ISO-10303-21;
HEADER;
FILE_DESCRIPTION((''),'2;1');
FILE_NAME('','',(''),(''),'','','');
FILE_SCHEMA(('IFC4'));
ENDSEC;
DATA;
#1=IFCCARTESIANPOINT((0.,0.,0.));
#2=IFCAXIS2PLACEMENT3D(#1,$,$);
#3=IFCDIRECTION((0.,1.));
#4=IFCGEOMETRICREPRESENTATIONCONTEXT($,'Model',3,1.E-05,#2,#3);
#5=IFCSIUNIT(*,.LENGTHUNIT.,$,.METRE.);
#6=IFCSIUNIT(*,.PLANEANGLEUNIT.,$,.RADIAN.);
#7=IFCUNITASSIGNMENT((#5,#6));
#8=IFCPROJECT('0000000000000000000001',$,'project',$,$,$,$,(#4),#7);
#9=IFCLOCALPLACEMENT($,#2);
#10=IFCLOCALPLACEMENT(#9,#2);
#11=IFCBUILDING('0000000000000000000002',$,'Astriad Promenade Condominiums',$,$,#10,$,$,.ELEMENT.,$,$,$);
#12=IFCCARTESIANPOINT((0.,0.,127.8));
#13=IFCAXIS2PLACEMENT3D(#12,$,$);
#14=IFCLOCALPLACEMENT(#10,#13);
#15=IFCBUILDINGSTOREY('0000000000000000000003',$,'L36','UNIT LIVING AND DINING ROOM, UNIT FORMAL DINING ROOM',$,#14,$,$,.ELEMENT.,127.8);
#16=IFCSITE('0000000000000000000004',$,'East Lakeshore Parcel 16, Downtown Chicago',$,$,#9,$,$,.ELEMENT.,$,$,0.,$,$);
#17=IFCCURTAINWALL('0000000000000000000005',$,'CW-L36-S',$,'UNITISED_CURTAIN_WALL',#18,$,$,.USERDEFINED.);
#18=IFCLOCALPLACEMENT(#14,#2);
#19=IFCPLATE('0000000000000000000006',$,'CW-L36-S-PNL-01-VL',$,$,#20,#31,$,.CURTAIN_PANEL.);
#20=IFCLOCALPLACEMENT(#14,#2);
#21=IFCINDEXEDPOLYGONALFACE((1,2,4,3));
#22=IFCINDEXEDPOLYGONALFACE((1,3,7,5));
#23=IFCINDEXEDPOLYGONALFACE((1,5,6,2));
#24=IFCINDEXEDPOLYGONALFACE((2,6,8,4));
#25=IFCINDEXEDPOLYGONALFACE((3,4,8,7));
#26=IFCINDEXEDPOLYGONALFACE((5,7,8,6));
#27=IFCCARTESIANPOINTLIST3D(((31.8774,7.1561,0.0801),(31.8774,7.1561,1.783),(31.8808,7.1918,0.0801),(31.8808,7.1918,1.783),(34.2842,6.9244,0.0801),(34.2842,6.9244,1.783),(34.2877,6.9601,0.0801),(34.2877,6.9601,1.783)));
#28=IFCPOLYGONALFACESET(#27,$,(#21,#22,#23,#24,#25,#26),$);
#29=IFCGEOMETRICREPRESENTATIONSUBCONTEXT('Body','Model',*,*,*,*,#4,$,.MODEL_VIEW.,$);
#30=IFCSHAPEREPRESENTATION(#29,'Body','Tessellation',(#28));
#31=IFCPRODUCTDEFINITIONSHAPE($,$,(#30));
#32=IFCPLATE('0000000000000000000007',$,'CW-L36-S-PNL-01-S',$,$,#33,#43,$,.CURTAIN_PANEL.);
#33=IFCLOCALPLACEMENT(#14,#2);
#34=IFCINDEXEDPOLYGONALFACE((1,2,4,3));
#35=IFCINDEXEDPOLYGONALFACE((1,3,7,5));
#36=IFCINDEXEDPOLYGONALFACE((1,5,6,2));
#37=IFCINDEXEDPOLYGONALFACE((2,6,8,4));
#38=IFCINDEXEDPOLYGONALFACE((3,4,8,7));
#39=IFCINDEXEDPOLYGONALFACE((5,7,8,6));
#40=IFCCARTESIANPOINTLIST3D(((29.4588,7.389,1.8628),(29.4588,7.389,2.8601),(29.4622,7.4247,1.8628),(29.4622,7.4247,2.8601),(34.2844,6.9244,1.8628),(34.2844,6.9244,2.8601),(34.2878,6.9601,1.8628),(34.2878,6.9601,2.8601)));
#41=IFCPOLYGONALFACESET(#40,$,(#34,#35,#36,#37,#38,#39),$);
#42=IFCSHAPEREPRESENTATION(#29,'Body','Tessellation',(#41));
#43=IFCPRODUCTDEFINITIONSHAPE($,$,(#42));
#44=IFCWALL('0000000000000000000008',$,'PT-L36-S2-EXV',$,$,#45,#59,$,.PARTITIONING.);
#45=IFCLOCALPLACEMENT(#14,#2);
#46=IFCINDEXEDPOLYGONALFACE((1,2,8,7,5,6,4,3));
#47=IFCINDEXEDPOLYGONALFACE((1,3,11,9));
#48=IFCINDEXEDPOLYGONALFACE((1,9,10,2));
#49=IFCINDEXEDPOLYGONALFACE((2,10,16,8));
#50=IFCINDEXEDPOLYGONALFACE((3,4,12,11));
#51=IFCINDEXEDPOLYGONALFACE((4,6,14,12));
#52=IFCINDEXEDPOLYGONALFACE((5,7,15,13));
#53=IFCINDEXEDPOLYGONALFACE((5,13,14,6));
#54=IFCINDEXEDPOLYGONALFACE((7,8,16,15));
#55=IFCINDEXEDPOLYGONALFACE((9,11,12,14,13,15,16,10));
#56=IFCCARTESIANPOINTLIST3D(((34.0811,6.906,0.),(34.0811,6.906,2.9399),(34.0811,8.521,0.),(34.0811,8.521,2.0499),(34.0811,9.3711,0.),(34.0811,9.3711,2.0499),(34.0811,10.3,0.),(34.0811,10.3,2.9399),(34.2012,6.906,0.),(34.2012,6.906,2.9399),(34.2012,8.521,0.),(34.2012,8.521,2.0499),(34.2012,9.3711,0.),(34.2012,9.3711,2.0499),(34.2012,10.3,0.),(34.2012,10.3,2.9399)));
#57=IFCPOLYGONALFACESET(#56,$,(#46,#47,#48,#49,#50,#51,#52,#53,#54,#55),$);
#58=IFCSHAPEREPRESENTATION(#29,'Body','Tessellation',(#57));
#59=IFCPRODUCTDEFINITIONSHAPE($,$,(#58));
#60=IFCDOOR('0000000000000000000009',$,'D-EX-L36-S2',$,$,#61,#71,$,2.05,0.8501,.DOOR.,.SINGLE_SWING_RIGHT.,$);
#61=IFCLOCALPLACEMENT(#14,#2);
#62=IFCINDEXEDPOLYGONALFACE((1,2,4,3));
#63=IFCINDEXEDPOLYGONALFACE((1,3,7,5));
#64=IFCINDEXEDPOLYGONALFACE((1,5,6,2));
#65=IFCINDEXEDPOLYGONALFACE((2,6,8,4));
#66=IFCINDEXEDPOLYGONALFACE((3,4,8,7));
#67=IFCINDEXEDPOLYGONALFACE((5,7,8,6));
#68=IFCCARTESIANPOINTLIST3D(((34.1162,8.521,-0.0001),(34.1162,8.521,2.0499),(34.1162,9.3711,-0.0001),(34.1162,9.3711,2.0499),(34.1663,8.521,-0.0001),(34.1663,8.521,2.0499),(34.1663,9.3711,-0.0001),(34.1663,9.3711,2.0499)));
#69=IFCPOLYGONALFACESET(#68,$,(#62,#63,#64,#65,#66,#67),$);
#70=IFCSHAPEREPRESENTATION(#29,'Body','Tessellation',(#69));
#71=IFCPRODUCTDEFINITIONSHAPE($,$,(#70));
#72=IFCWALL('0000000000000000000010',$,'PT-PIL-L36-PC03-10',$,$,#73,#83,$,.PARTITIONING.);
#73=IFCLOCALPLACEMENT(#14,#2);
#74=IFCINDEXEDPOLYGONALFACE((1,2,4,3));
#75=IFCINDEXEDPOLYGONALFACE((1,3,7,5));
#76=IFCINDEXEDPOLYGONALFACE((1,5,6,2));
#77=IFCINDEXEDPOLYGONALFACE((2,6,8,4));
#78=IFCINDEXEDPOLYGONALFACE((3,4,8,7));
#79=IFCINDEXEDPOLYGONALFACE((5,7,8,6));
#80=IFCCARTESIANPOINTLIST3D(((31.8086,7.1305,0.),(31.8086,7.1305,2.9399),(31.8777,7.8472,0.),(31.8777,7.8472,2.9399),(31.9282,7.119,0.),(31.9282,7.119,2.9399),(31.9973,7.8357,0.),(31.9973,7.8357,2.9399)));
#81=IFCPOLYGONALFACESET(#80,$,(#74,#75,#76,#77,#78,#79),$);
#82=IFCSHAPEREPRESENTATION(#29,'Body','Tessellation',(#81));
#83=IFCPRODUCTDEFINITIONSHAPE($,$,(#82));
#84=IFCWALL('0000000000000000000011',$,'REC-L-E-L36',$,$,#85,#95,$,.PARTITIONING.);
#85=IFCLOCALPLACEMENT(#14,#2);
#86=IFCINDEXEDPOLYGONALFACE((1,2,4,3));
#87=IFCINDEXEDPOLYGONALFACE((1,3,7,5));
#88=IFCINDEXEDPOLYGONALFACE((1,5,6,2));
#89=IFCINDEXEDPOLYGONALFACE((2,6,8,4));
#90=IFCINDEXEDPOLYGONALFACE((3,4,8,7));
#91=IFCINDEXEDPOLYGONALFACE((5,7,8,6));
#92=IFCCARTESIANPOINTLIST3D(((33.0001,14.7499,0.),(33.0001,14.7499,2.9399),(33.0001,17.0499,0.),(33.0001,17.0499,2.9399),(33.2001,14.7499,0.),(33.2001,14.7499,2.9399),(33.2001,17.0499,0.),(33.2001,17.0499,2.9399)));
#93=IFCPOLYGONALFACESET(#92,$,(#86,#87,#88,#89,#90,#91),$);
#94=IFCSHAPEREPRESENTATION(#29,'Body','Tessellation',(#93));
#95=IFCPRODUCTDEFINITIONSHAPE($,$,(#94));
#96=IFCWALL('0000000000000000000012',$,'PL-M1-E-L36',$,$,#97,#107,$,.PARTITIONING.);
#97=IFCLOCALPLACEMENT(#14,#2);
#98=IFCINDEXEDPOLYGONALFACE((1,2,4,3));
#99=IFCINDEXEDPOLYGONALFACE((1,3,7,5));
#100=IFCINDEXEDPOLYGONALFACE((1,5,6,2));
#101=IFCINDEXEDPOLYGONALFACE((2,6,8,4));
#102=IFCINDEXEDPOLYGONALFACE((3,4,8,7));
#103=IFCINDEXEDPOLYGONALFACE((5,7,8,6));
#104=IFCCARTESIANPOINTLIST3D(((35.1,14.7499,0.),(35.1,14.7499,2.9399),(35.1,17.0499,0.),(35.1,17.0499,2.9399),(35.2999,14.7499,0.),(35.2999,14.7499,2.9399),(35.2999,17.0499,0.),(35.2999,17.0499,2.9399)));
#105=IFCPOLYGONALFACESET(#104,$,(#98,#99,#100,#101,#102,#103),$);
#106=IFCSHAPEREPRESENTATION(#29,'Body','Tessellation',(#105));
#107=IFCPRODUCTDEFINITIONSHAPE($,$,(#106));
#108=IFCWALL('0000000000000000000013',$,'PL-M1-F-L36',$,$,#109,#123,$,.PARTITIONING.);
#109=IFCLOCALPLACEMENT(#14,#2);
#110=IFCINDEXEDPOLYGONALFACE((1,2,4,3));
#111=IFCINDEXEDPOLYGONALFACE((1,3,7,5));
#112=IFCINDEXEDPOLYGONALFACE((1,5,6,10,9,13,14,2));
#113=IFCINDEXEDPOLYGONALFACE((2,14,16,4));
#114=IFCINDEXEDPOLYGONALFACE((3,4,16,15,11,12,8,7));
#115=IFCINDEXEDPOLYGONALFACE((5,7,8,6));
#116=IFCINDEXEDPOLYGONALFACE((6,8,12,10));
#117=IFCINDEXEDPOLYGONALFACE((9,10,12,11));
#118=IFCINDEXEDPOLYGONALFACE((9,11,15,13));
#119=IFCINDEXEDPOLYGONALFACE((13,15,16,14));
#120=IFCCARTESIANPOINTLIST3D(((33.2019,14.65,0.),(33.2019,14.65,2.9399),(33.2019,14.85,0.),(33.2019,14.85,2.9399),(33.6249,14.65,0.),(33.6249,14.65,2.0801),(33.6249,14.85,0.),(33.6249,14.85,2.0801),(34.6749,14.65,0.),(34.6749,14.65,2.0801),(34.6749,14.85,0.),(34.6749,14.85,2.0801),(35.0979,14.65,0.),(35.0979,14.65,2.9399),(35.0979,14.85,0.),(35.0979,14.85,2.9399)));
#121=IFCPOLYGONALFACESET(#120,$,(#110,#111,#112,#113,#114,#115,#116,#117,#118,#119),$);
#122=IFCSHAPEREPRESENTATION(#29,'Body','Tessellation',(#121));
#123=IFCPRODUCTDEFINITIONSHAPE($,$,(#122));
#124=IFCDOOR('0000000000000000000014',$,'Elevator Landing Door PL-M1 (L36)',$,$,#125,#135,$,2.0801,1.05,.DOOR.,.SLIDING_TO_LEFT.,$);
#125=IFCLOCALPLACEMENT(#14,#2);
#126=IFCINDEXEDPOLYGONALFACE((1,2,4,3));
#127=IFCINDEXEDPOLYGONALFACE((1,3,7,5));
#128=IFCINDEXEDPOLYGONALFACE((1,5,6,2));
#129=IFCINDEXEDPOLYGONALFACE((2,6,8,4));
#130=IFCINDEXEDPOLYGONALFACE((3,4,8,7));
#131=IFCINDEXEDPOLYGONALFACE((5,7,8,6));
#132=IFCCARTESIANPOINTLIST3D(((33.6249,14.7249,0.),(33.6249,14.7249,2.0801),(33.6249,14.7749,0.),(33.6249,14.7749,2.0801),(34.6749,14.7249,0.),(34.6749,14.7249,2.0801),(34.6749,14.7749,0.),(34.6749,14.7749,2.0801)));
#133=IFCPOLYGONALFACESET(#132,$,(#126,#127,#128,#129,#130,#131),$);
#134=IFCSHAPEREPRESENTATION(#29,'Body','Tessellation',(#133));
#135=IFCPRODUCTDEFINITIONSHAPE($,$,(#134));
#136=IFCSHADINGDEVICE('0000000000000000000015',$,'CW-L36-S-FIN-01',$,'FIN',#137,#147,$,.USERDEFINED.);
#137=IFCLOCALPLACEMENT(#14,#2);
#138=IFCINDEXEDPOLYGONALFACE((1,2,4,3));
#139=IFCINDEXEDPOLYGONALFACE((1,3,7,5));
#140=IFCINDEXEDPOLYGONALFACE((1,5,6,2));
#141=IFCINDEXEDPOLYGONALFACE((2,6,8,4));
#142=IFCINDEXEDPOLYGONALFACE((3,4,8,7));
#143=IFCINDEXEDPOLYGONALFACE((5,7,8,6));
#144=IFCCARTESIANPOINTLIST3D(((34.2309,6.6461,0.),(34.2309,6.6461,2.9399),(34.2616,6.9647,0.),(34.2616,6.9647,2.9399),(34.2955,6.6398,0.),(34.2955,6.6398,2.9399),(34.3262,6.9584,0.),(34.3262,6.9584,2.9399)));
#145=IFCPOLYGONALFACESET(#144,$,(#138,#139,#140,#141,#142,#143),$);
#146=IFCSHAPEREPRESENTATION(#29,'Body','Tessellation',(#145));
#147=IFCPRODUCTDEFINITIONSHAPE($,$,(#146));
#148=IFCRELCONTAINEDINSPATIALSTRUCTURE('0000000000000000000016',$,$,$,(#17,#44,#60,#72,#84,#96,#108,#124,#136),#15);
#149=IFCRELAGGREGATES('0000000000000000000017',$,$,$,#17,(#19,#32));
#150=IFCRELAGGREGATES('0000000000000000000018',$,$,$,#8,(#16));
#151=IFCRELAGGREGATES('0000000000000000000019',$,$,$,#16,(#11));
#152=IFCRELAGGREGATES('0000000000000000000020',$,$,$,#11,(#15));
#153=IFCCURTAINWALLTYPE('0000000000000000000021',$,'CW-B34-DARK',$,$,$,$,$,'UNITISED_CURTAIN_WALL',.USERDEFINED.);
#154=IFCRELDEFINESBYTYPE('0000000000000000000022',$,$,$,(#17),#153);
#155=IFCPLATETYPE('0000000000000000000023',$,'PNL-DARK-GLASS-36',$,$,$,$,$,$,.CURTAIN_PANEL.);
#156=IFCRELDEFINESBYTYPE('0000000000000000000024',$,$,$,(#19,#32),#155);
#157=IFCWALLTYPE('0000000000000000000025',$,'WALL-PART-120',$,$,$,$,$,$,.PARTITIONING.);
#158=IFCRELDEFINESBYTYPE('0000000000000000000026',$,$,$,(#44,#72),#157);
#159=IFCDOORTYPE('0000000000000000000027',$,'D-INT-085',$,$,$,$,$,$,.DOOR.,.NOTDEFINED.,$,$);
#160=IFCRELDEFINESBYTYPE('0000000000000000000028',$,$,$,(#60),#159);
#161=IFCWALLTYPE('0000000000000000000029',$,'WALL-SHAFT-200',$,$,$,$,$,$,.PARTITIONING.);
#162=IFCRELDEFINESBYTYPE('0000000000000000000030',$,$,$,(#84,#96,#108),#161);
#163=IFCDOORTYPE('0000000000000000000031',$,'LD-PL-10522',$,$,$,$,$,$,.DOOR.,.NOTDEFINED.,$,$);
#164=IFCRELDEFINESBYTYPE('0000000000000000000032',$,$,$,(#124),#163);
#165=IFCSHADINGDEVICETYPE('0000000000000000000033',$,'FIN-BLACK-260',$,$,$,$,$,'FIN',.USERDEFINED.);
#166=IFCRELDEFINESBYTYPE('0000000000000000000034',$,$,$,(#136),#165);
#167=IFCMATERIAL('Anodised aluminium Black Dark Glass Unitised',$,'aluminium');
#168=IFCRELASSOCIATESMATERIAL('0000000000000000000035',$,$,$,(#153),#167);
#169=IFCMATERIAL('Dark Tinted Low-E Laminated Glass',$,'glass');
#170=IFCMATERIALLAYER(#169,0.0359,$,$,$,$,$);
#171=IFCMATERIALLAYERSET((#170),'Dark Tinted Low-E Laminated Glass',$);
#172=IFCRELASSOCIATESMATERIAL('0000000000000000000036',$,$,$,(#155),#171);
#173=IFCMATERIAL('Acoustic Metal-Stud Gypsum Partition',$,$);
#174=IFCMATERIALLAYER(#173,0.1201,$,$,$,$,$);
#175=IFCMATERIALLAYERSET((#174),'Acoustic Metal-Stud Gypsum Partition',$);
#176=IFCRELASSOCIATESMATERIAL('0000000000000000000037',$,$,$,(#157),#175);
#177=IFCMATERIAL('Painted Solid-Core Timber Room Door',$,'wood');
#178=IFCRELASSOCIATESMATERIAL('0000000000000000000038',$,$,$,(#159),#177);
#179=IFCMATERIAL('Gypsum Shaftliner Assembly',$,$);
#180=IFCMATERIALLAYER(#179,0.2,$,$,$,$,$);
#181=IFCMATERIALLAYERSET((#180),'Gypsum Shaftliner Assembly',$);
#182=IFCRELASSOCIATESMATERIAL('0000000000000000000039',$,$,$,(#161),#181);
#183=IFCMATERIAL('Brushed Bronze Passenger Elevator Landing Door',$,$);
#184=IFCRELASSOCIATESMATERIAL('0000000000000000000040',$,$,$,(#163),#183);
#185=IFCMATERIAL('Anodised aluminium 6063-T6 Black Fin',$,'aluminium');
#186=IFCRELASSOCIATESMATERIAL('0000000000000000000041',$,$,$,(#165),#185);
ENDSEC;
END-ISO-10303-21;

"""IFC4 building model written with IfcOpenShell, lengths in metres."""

from ifc_helpers import new_model, si_unit, direction, frame, frame_2d, origin, origin_2d, place, context, subcontext, project, spatial, rectangle, extrude, source, transform, mapped, material, layer, layer_set, type_object, type_shapes, element, fill, aggregate, save


model = new_model("IFC4")

# Units and contexts
model_context = context("Model", 3, precision=1e-05, world=origin(), true_north=direction((0.0, 1.0)))
body_context = subcontext(model_context, "Body", "Model", "MODEL_VIEW")
ifc_project = project(units=[si_unit("LENGTHUNIT", "METRE"), si_unit("PLANEANGLEUNIT", "RADIAN")], contexts=[model_context])

# Site, building, storey
site_placement = place(None, origin())
site = spatial("IfcSite", under=ifc_project, at=site_placement, Name="East Lakeshore Parcel 16, Downtown Chicago", CompositionType="ELEMENT", RefElevation=0.0)
building_placement = place(site_placement, origin())
building = spatial("IfcBuilding", under=site, at=building_placement, Name="Astriad Promenade Condominiums", CompositionType="ELEMENT")
storey_placement = place(building_placement, frame((0.0, 0.0, 127.8)))
storey = spatial("IfcBuildingStorey", under=building, at=storey_placement, Name="L36", Description="UNIT LIVING AND DINING ROOM, UNIT FORMAL DINING ROOM", CompositionType="ELEMENT", Elevation=127.8)

# Curtain wall, plates
ifc_material_1 = material(Name="Anodised aluminium Black Dark Glass Unitised", Category="aluminium")
curtain_wall_type = type_object("IfcCurtainWallType", Name="CW-B34-DARK", ElementType="UNITISED_CURTAIN_WALL", PredefinedType="USERDEFINED", material=ifc_material_1)
curtain_wall_placement = place(storey_placement, origin())
curtain_wall = element("IfcCurtainWall", 1, at=curtain_wall_placement, inside=storey, type_object=curtain_wall_type, Name="CW-L36-S", ObjectType="UNITISED_CURTAIN_WALL", PredefinedType="USERDEFINED")
ifc_material_2 = material(Name="Dark Tinted Low-E Laminated Glass", Category="glass")
ifc_layer_1 = layer(ifc_material_2, 0.0359)
ifc_layer_set_1 = layer_set([ifc_layer_1], Name="Dark Tinted Low-E Laminated Glass")
plate_type = type_object("IfcPlateType", Name="PNL-DARK-GLASS-36", PredefinedType="CURTAIN_PANEL", material=ifc_layer_set_1)
shared_shape_1 = source(origin(), body_context, "Body", "SweptSolid", [
    extrude(rectangle(XDim=2.418, YDim=0.0359, at=origin_2d()), origin(), (0.0, 0.0, 1.0), 1.7029),
])
plate_1_placement = place(storey_placement, frame((33.0825, 7.0581, 0.0801), z_axis=(0.0, 0.0, 1.0), x_axis=(-0.995396, 0.095846, 0.0)))
plate_1 = element("IfcPlate", 2, at=plate_1_placement, type_object=plate_type, Name="CW-L36-S-PNL-01-VL", PredefinedType="CURTAIN_PANEL", context=body_context, shape_type="MappedRepresentation", body=[
    mapped(shared_shape_1, transform((0.0, 0.0, 0.0), scale=1.0)),
])
shared_shape_2 = source(origin(), body_context, "Body", "SweptSolid", [
    extrude(rectangle(XDim=4.8479, YDim=0.0359, at=origin_2d()), origin(), (0.0, 0.0, 1.0), 0.9973),
])
type_shapes(plate_type, [shared_shape_1, shared_shape_2])
plate_2_placement = place(storey_placement, frame((31.8733, 7.1746, 1.8628), z_axis=(0.0, 0.0, 1.0), x_axis=(-0.995396, 0.095846, 0.0)))
plate_2 = element("IfcPlate", 3, at=plate_2_placement, type_object=plate_type, Name="CW-L36-S-PNL-01-S", PredefinedType="CURTAIN_PANEL", context=body_context, shape_type="MappedRepresentation", body=[
    mapped(shared_shape_2, transform((0.0, 0.0, 0.0), scale=1.0)),
])
aggregate(curtain_wall, [plate_1, plate_2])

# Wall, opening, door
ifc_material_3 = material(Name="Acoustic Metal-Stud Gypsum Partition")
ifc_layer_2 = layer(ifc_material_3, 0.1201)
ifc_layer_set_2 = layer_set([ifc_layer_2], Name="Acoustic Metal-Stud Gypsum Partition")
wall_type_1 = type_object("IfcWallType", Name="WALL-PART-120", PredefinedType="PARTITIONING", material=ifc_layer_set_2)
wall_1_placement = place(storey_placement, frame((34.1411, 6.906, 0.0), z_axis=(0.0, 0.0, 1.0), x_axis=(0.0, 1.0, 0.0)))
wall_1 = element("IfcWall", 4, at=wall_1_placement, inside=storey, type_object=wall_type_1, Name="PT-L36-S2-EXV", PredefinedType="PARTITIONING", context=body_context, shape_type="SweptSolid", body=[
    extrude(rectangle(XDim=3.394, YDim=0.1201, at=frame_2d((1.697, 0.0))), origin(), (0.0, 0.0, 1.0), 2.9399),
])
opening_1_placement = place(wall_1_placement, frame((1.615, 0.0, 0.0)))
opening_1 = element("IfcOpeningElement", 5, at=opening_1_placement, cuts=wall_1, PredefinedType="OPENING", context=body_context, shape_type="SweptSolid", body=[
    extrude(rectangle(XDim=0.8501, YDim=2.05, at=frame_2d((0.425, 1.0249))), frame((0.0, 0.0701, 0.0), z_axis=(0.0, -1.0, 0.0), x_axis=(1.0, 0.0, 0.0)), (0.0, 0.0, 1.0), 0.1401),
])
ifc_material_4 = material(Name="Painted Solid-Core Timber Room Door", Category="wood")
door_type_1 = type_object("IfcDoorType", Name="D-INT-085", OperationType="NOTDEFINED", PredefinedType="DOOR", material=ifc_material_4)
shared_shape_3 = source(origin(), body_context, "Body", "SweptSolid", [
    extrude(rectangle(XDim=0.8501, YDim=2.05, at=frame_2d((0.425, 1.0249))), frame((0.0, 0.0249, 0.0), z_axis=(0.0, -1.0, 0.0), x_axis=(1.0, 0.0, 0.0)), (0.0, 0.0, 1.0), 0.05),
])
type_shapes(door_type_1, [shared_shape_3])
door_1_placement = place(opening_1_placement, origin())
door_1 = element("IfcDoor", 6, at=door_1_placement, inside=storey, type_object=door_type_1, Name="D-EX-L36-S2", OperationType="SINGLE_SWING_RIGHT", OverallHeight=2.05, OverallWidth=0.8501, PredefinedType="DOOR", context=body_context, shape_type="MappedRepresentation", body=[
    mapped(shared_shape_3, transform((0.0, 0.0, 0.0), scale=1.0)),
])
fill(opening_1, door_1)

# Walls
wall_2_placement = place(storey_placement, frame((31.9375, 7.8413, 0.0), z_axis=(0.0, 0.0, 1.0), x_axis=(-0.095977, -0.995384, 0.0)))
element("IfcWall", 7, at=wall_2_placement, inside=storey, type_object=wall_type_1, Name="PT-PIL-L36-PC03-10", PredefinedType="PARTITIONING", context=body_context, shape_type="SweptSolid", body=[
    extrude(rectangle(XDim=0.72, YDim=0.1201, at=frame_2d((0.3599, 0.0))), origin(), (0.0, 0.0, 1.0), 2.9399),
])
ifc_material_5 = material(Name="Gypsum Shaftliner Assembly")
ifc_layer_3 = layer(ifc_material_5, 0.2)
ifc_layer_set_3 = layer_set([ifc_layer_3], Name="Gypsum Shaftliner Assembly")
wall_type_2 = type_object("IfcWallType", Name="WALL-SHAFT-200", PredefinedType="PARTITIONING", material=ifc_layer_set_3)
for number, where, z_axis, x_axis, name in (
    (8, (33.1001, 14.75, 0.0), (0.0, 0.0, 1.0), (0.0, 1.0, 0.0), "REC-L-E-L36"),
    (9, (35.2, 14.75, 0.0), (0.0, 0.0, 1.0), (0.0, 1.0, 0.0), "PL-M1-E-L36"),
):
    element("IfcWall", number, at=place(storey_placement, frame(where, z_axis=z_axis, x_axis=x_axis)), inside=storey, type_object=wall_type_2, Name=name, PredefinedType="PARTITIONING", context=body_context, shape_type="SweptSolid", body=[
        extrude(rectangle(XDim=2.3, YDim=0.2, at=frame_2d((1.1499, 0.0))), origin(), (0.0, 0.0, 1.0), 2.9399),
    ])

# Wall, opening, door
wall_3_placement = place(storey_placement, frame((33.2019, 14.75, 0.0), z_axis=(0.0, 0.0, 1.0), x_axis=(1.0, 0.0, 0.0)))
wall_3 = element("IfcWall", 10, at=wall_3_placement, inside=storey, type_object=wall_type_2, Name="PL-M1-F-L36", PredefinedType="PARTITIONING", context=body_context, shape_type="SweptSolid", body=[
    extrude(rectangle(XDim=1.896, YDim=0.2, at=frame_2d((0.948, 0.0))), origin(), (0.0, 0.0, 1.0), 2.9399),
])
opening_2_placement = place(wall_3_placement, frame((0.4231, 0.0, 0.0)))
opening_2 = element("IfcOpeningElement", 11, at=opening_2_placement, cuts=wall_3, PredefinedType="OPENING", context=body_context, shape_type="SweptSolid", body=[
    extrude(rectangle(XDim=1.05, YDim=2.0801, at=frame_2d((0.5249, 1.04))), frame((0.0, 0.1099, 0.0), z_axis=(0.0, -1.0, 0.0), x_axis=(1.0, 0.0, 0.0)), (0.0, 0.0, 1.0), 0.22),
])
ifc_material_6 = material(Name="Brushed Bronze Passenger Elevator Landing Door")
door_type_2 = type_object("IfcDoorType", Name="LD-PL-10522", OperationType="NOTDEFINED", PredefinedType="DOOR", material=ifc_material_6)
shared_shape_4 = source(origin(), body_context, "Body", "SweptSolid", [
    extrude(rectangle(XDim=1.05, YDim=2.0801, at=frame_2d((0.5249, 1.04))), frame((0.0, 0.0249, 0.0), z_axis=(0.0, -1.0, 0.0), x_axis=(1.0, 0.0, 0.0)), (0.0, 0.0, 1.0), 0.05),
])
type_shapes(door_type_2, [shared_shape_4])
door_2_placement = place(opening_2_placement, origin())
door_2 = element("IfcDoor", 12, at=door_2_placement, inside=storey, type_object=door_type_2, Name="Elevator Landing Door PL-M1 (L36)", OperationType="SLIDING_TO_LEFT", OverallHeight=2.0801, OverallWidth=1.05, PredefinedType="DOOR", context=body_context, shape_type="MappedRepresentation", body=[
    mapped(shared_shape_4, transform((0.0, 0.0, 0.0), scale=1.0)),
])
fill(opening_2, door_2)

# Shading device
ifc_material_7 = material(Name="Anodised aluminium 6063-T6 Black Fin", Category="aluminium")
shading_device_type = type_object("IfcShadingDeviceType", Name="FIN-BLACK-260", ElementType="FIN", PredefinedType="USERDEFINED", material=ifc_material_7)
shared_shape_5 = source(origin(), body_context, "Body", "SweptSolid", [
    extrude(rectangle(XDim=0.0649, YDim=0.3201, at=origin_2d()), origin(), (0.0, 0.0, 1.0), 2.9399),
])
type_shapes(shading_device_type, [shared_shape_5])
shading_device_placement = place(storey_placement, frame((34.2786, 6.8022, 0.0), z_axis=(0.0, 0.0, 1.0), x_axis=(-0.995396, 0.095846, 0.0)))
element("IfcShadingDevice", 13, at=shading_device_placement, inside=storey, type_object=shading_device_type, Name="CW-L36-S-FIN-01", ObjectType="FIN", PredefinedType="USERDEFINED", context=body_context, shape_type="MappedRepresentation", body=[
    mapped(shared_shape_5, transform((0.0, 0.0, 0.0), scale=1.0)),
])

save(model, "model.ifc")
